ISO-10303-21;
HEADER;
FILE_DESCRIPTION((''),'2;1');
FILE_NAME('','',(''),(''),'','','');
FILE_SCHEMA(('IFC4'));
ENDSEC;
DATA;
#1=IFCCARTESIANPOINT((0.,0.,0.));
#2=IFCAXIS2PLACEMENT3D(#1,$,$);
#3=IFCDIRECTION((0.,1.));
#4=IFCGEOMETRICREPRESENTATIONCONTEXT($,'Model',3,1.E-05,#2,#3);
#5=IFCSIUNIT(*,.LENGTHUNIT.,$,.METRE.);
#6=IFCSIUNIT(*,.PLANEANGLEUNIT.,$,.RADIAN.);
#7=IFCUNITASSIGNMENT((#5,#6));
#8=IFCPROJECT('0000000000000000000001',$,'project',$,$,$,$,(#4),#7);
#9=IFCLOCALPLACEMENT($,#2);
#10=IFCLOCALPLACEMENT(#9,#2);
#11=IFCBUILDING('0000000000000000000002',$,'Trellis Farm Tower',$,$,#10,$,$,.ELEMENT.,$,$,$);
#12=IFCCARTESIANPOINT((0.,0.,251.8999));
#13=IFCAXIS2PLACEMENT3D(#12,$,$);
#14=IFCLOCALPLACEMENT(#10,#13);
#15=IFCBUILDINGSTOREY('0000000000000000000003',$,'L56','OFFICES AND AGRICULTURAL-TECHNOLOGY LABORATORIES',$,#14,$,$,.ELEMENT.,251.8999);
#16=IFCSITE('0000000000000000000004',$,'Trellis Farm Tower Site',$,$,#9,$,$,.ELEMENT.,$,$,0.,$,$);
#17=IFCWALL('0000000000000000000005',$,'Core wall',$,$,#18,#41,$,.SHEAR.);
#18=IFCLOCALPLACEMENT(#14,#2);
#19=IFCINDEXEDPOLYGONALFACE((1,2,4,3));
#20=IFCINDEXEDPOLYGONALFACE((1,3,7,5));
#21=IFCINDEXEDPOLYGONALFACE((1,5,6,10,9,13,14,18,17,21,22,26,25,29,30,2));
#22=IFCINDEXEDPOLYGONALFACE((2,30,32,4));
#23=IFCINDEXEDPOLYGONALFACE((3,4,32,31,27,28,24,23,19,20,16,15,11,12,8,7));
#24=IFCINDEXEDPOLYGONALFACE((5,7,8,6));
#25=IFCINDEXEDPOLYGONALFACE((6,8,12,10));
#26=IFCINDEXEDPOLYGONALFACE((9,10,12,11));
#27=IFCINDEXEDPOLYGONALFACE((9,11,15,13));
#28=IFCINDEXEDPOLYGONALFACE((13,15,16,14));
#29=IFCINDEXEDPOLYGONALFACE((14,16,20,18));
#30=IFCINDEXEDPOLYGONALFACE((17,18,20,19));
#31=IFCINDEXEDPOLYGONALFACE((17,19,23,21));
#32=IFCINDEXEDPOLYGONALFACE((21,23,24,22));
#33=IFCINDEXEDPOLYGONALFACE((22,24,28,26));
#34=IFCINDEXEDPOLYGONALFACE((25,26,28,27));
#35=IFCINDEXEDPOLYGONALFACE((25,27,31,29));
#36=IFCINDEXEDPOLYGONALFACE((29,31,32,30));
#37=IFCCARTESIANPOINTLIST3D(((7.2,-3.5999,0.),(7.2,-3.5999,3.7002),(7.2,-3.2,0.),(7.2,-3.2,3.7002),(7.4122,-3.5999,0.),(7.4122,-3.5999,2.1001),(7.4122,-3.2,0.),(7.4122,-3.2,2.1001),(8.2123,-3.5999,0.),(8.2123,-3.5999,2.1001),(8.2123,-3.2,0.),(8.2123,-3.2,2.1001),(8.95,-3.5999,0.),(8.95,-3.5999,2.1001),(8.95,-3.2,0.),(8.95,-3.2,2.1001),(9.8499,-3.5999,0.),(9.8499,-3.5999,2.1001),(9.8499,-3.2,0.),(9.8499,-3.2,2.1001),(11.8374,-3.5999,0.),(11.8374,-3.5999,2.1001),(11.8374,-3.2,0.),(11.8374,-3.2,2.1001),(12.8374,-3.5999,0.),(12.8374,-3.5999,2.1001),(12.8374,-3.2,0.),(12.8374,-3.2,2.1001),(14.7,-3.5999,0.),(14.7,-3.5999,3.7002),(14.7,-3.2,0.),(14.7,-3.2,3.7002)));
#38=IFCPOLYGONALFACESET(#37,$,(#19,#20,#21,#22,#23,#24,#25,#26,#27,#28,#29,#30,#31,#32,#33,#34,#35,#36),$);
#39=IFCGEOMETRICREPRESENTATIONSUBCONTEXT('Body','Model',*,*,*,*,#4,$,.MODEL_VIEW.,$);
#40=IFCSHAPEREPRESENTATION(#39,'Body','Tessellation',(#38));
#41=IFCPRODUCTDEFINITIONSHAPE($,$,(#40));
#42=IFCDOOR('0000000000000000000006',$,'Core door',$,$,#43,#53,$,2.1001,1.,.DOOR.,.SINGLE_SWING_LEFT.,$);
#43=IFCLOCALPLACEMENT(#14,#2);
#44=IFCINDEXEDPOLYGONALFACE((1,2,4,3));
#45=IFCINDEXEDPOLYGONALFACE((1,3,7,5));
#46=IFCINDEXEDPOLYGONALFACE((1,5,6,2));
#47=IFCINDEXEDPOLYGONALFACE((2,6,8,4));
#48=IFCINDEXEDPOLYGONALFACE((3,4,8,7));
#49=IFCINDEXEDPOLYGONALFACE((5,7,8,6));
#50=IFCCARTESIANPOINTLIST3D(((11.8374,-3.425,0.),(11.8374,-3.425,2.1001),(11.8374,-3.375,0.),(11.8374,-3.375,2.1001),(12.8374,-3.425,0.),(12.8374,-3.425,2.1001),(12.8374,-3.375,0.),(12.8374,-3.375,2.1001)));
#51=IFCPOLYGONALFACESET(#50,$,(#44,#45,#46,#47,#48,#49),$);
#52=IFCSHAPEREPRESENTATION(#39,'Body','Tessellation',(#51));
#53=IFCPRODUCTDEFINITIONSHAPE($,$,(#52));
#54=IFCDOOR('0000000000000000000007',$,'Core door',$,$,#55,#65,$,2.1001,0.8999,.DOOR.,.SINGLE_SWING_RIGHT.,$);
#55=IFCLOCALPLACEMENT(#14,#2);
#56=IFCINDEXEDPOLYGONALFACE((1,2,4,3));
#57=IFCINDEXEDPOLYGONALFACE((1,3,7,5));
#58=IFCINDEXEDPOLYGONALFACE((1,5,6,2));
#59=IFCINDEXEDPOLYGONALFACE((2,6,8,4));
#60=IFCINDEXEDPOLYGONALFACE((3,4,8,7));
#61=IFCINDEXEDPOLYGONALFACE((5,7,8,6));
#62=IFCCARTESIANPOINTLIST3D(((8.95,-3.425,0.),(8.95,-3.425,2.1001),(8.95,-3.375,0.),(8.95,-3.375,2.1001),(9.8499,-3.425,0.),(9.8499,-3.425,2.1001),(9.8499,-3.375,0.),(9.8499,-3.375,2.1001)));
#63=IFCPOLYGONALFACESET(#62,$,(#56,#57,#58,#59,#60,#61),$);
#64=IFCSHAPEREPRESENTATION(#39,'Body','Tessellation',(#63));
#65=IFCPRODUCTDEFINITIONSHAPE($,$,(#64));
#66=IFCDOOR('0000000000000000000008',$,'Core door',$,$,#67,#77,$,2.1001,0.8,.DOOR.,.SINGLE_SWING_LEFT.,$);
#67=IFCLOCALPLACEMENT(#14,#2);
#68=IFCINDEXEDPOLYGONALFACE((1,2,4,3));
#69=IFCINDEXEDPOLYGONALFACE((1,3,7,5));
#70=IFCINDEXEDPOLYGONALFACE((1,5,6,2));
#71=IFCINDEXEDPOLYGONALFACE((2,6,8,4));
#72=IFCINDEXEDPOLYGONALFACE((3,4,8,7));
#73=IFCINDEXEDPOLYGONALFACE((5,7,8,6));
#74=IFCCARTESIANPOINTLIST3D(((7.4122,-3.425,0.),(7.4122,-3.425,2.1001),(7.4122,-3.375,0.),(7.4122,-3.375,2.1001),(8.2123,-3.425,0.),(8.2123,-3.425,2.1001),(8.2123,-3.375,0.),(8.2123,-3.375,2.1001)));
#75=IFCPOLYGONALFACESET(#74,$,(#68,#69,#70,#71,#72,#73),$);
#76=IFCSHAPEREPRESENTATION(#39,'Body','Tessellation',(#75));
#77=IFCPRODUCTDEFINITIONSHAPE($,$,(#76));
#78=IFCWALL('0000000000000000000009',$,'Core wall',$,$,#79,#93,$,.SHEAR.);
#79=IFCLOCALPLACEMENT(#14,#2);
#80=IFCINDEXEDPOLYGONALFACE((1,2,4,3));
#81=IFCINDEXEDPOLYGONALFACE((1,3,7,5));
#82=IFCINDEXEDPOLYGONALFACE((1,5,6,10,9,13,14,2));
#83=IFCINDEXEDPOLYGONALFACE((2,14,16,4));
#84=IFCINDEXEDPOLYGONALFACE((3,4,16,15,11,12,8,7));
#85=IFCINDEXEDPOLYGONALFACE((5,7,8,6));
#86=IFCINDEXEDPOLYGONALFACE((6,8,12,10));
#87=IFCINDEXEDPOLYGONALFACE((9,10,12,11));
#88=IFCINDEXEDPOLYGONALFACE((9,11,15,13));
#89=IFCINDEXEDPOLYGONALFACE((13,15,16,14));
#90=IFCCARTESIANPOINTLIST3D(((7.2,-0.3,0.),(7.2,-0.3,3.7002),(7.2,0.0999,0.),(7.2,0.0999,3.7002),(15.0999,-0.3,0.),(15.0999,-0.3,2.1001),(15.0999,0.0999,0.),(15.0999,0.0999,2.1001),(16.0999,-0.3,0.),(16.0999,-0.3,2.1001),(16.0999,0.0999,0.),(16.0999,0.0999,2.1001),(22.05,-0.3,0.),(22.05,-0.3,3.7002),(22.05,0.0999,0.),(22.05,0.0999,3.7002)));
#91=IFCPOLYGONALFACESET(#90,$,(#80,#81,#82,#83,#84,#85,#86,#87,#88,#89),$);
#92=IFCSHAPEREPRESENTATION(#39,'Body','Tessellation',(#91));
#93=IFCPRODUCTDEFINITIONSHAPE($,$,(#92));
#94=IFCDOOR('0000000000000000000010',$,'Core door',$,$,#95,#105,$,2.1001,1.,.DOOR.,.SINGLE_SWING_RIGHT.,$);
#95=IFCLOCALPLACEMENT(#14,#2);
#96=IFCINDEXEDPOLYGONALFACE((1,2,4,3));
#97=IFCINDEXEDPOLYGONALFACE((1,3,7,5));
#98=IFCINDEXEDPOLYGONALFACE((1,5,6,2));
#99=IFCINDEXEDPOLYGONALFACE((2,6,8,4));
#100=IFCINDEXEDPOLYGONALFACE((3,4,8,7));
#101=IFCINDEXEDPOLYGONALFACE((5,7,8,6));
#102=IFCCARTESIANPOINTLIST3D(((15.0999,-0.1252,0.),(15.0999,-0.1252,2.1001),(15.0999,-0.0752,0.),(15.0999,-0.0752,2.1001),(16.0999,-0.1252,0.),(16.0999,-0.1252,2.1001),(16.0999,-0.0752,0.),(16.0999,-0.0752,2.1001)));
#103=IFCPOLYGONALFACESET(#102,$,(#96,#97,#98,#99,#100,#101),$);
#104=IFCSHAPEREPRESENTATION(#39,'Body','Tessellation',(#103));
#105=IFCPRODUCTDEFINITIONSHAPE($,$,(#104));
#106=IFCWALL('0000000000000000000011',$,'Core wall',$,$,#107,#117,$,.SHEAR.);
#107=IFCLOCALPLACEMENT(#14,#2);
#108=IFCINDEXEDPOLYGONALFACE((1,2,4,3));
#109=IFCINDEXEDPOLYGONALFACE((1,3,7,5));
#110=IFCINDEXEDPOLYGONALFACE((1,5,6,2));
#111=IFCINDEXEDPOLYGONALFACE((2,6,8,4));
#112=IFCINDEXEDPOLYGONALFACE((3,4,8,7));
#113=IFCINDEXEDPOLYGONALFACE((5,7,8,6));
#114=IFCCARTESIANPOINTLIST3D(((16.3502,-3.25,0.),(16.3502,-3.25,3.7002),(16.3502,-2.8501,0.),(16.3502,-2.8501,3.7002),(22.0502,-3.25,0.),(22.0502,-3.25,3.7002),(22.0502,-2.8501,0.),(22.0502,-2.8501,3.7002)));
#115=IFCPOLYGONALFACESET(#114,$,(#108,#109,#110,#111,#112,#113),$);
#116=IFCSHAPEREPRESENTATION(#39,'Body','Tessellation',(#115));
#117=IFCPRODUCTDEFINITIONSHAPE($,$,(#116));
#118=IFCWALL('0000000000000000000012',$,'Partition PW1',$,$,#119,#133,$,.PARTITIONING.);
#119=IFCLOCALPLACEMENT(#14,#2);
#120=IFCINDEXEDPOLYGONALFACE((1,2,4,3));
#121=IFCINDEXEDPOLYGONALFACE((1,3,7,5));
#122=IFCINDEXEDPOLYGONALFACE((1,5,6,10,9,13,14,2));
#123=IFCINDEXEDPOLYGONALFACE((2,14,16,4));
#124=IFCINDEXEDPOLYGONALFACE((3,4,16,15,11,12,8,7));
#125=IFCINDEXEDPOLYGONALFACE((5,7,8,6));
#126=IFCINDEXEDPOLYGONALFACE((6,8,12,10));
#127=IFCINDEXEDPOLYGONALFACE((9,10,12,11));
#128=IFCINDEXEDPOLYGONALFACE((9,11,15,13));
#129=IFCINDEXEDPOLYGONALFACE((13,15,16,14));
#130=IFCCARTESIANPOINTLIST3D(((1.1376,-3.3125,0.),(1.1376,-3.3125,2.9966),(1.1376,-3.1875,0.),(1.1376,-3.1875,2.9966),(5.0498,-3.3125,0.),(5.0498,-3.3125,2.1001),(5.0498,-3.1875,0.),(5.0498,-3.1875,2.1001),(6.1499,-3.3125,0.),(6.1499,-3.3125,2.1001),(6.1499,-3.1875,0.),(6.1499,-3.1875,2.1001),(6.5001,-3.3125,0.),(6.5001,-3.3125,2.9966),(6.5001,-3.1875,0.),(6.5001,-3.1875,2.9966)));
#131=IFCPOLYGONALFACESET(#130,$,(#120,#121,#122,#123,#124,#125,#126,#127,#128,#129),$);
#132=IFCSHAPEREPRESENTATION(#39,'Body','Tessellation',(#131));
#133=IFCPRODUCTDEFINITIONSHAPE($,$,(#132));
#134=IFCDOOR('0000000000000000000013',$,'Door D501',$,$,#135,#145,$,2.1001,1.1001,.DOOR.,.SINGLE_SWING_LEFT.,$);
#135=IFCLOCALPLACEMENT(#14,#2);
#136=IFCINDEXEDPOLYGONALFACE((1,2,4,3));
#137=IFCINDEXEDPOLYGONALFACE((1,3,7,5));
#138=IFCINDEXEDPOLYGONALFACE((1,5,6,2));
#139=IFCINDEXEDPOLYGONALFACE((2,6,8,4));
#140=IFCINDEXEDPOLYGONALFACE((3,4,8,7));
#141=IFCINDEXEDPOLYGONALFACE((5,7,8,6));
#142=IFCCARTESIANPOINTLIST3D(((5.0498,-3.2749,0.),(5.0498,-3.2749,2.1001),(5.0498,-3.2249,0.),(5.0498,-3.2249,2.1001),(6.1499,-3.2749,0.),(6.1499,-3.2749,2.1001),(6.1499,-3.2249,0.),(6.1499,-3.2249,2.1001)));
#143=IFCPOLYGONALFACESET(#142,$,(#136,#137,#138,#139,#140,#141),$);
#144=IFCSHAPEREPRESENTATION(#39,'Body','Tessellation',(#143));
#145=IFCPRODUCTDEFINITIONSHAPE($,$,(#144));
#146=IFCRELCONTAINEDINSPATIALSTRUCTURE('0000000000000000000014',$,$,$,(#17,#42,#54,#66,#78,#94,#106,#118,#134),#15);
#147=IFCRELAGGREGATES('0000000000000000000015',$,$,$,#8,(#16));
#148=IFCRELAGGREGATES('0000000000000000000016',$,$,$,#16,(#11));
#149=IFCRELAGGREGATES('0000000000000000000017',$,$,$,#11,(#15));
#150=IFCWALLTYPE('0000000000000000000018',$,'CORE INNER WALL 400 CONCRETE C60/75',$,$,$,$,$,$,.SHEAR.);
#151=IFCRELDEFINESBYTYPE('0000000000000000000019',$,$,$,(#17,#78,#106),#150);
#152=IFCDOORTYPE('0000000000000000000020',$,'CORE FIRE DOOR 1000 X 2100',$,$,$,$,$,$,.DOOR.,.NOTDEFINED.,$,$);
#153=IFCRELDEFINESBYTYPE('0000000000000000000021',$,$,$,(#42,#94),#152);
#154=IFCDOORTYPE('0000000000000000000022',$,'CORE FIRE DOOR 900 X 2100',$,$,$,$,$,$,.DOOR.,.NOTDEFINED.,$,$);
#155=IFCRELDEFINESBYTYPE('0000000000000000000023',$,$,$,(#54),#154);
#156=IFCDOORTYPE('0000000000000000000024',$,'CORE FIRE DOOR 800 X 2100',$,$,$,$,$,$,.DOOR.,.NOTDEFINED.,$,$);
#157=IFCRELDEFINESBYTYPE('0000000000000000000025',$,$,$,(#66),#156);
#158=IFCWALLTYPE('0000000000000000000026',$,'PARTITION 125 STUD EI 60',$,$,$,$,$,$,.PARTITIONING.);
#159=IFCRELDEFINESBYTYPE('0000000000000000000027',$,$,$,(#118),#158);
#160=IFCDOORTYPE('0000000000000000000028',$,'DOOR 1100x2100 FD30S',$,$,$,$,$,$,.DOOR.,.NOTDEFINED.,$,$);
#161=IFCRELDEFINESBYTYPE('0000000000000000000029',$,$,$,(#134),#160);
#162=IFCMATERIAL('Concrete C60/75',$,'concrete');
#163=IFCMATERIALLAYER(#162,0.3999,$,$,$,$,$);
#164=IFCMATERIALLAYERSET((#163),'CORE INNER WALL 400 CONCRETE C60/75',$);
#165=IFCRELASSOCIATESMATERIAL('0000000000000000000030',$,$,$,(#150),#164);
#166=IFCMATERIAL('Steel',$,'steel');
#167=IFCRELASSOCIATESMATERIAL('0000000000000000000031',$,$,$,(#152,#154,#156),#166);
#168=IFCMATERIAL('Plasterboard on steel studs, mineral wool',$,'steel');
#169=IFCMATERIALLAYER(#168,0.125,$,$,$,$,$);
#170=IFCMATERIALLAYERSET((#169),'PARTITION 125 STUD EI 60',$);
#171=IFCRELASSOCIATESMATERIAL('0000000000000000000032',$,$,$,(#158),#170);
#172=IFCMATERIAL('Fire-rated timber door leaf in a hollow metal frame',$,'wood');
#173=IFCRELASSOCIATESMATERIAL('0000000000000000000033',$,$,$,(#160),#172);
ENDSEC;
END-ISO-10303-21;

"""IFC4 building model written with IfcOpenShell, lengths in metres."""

from ifc_helpers import new_model, si_unit, direction, frame, frame_2d, origin, place, context, subcontext, project, spatial, rectangle, extrude, source, transform, mapped, material, layer, layer_set, type_object, element, fill, save


model = new_model("IFC4")

# Units and contexts
model_context = context("Model", 3, precision=1e-05, world=origin(), true_north=direction((0.0, 1.0)))
body_context = subcontext(model_context, "Body", "Model", "MODEL_VIEW")
ifc_project = project(units=[si_unit("LENGTHUNIT", "METRE"), si_unit("PLANEANGLEUNIT", "RADIAN")], contexts=[model_context])

# Site, building, storey
site_placement = place(None, origin())
site = spatial("IfcSite", under=ifc_project, at=site_placement, Name="Trellis Farm Tower Site", CompositionType="ELEMENT", RefElevation=0.0)
building_placement = place(site_placement, origin())
building = spatial("IfcBuilding", under=site, at=building_placement, Name="Trellis Farm Tower", CompositionType="ELEMENT")
storey_placement = place(building_placement, frame((0.0, 0.0, 251.8999)))
storey = spatial("IfcBuildingStorey", under=building, at=storey_placement, Name="L56", Description="OFFICES AND AGRICULTURAL-TECHNOLOGY LABORATORIES", CompositionType="ELEMENT", Elevation=251.8999)

# Shared definitions
ifc_material_1 = material(Name="Concrete C60/75", Category="concrete")

# Wall, openings, doors
ifc_layer_1 = layer(ifc_material_1, 0.3999)
ifc_layer_set_1 = layer_set([ifc_layer_1], Name="CORE INNER WALL 400 CONCRETE C60/75")
wall_type_1 = type_object("IfcWallType", Name="CORE INNER WALL 400 CONCRETE C60/75", PredefinedType="SHEAR", material=ifc_layer_set_1)
shared_shape_1 = source(origin(), body_context, "Body", "SweptSolid", [
    extrude(rectangle(XDim=7.5, YDim=0.3999, at=frame_2d((3.75, 0.0))), origin(), (0.0, 0.0, 1.0), 3.7002),
])
wall_1_placement = place(storey_placement, frame((7.2, -3.3999, 0.0), z_axis=(0.0, 0.0, 1.0), x_axis=(1.0, 0.0, 0.0)))
wall_1 = element("IfcWall", 1, at=wall_1_placement, inside=storey, type_object=wall_type_1, Name="Core wall", PredefinedType="SHEAR", context=body_context, shape_type="MappedRepresentation", body=[
    mapped(shared_shape_1, transform((0.0, 0.0, 0.0))),
])
shared_shape_2 = source(origin(), body_context, "Body", "SweptSolid", [
    extrude(rectangle(XDim=0.8, YDim=2.1001, at=frame_2d((0.3999, 1.05))), frame((0.0, 0.21, 0.0), z_axis=(0.0, -1.0, 0.0), x_axis=(1.0, 0.0, 0.0)), (0.0, 0.0, 1.0), 0.4199),
])
opening_1_placement = place(wall_1_placement, frame((0.2124, 0.0, 0.0)))
opening_1 = element("IfcOpeningElement", 2, at=opening_1_placement, cuts=wall_1, PredefinedType="OPENING", context=body_context, shape_type="MappedRepresentation", body=[
    mapped(shared_shape_2, transform((0.0, 0.0, 0.0))),
])
shared_shape_3 = source(origin(), body_context, "Body", "SweptSolid", [
    extrude(rectangle(XDim=0.8999, YDim=2.1001, at=frame_2d((0.45, 1.05))), frame((0.0, 0.21, 0.0), z_axis=(0.0, -1.0, 0.0), x_axis=(1.0, 0.0, 0.0)), (0.0, 0.0, 1.0), 0.4199),
])
opening_2_placement = place(wall_1_placement, frame((1.75, 0.0, 0.0)))
opening_2 = element("IfcOpeningElement", 3, at=opening_2_placement, cuts=wall_1, PredefinedType="OPENING", context=body_context, shape_type="MappedRepresentation", body=[
    mapped(shared_shape_3, transform((0.0, 0.0, 0.0))),
])
shared_shape_4 = source(origin(), body_context, "Body", "SweptSolid", [
    extrude(rectangle(XDim=1.0, YDim=2.1001, at=frame_2d((0.5, 1.05))), frame((0.0, 0.21, 0.0), z_axis=(0.0, -1.0, 0.0), x_axis=(1.0, 0.0, 0.0)), (0.0, 0.0, 1.0), 0.4199),
])
opening_3_placement = place(wall_1_placement, frame((4.6375, 0.0, 0.0)))
opening_3 = element("IfcOpeningElement", 4, at=opening_3_placement, cuts=wall_1, PredefinedType="OPENING", context=body_context, shape_type="MappedRepresentation", body=[
    mapped(shared_shape_4, transform((0.0, 0.0, 0.0))),
])
ifc_material_2 = material(Name="Steel", Category="steel")
door_type_1 = type_object("IfcDoorType", Name="CORE FIRE DOOR 1000 X 2100", OperationType="NOTDEFINED", PredefinedType="DOOR", material=ifc_material_2)
shared_shape_5 = source(origin(), body_context, "Body", "SweptSolid", [
    extrude(rectangle(XDim=1.0, YDim=2.1001, at=frame_2d((0.5, 1.05))), frame((0.0, 0.0249, 0.0), z_axis=(0.0, -1.0, 0.0), x_axis=(1.0, 0.0, 0.0)), (0.0, 0.0, 1.0), 0.05),
])
door_1_placement = place(opening_3_placement, origin())
door_1 = element("IfcDoor", 5, at=door_1_placement, inside=storey, type_object=door_type_1, Name="Core door", OperationType="SINGLE_SWING_LEFT", OverallHeight=2.1001, OverallWidth=1.0, PredefinedType="DOOR", context=body_context, shape_type="MappedRepresentation", body=[
    mapped(shared_shape_5, transform((0.0, 0.0, 0.0))),
])
fill(opening_3, door_1)
door_type_2 = type_object("IfcDoorType", Name="CORE FIRE DOOR 900 X 2100", OperationType="NOTDEFINED", PredefinedType="DOOR", material=ifc_material_2)
shared_shape_6 = source(origin(), body_context, "Body", "SweptSolid", [
    extrude(rectangle(XDim=0.8999, YDim=2.1001, at=frame_2d((0.45, 1.05))), frame((0.0, 0.0249, 0.0), z_axis=(0.0, -1.0, 0.0), x_axis=(1.0, 0.0, 0.0)), (0.0, 0.0, 1.0), 0.05),
])
door_2_placement = place(opening_2_placement, origin())
door_2 = element("IfcDoor", 6, at=door_2_placement, inside=storey, type_object=door_type_2, Name="Core door", OperationType="SINGLE_SWING_RIGHT", OverallHeight=2.1001, OverallWidth=0.8999, PredefinedType="DOOR", context=body_context, shape_type="MappedRepresentation", body=[
    mapped(shared_shape_6, transform((0.0, 0.0, 0.0))),
])
fill(opening_2, door_2)
door_type_3 = type_object("IfcDoorType", Name="CORE FIRE DOOR 800 X 2100", OperationType="NOTDEFINED", PredefinedType="DOOR", material=ifc_material_2)
shared_shape_7 = source(origin(), body_context, "Body", "SweptSolid", [
    extrude(rectangle(XDim=0.8, YDim=2.1001, at=frame_2d((0.3999, 1.05))), frame((0.0, 0.0249, 0.0), z_axis=(0.0, -1.0, 0.0), x_axis=(1.0, 0.0, 0.0)), (0.0, 0.0, 1.0), 0.05),
])
door_3_placement = place(opening_1_placement, origin())
door_3 = element("IfcDoor", 7, at=door_3_placement, inside=storey, type_object=door_type_3, Name="Core door", OperationType="SINGLE_SWING_LEFT", OverallHeight=2.1001, OverallWidth=0.8, PredefinedType="DOOR", context=body_context, shape_type="MappedRepresentation", body=[
    mapped(shared_shape_7, transform((0.0, 0.0, 0.0))),
])
fill(opening_1, door_3)

# Wall, opening, door
shared_shape_8 = source(origin(), body_context, "Body", "SweptSolid", [
    extrude(rectangle(XDim=14.8501, YDim=0.3999, at=frame_2d((7.425, 0.0))), origin(), (0.0, 0.0, 1.0), 3.7002),
])
wall_2_placement = place(storey_placement, frame((7.2, -0.1001, 0.0), z_axis=(0.0, 0.0, 1.0), x_axis=(1.0, 0.0, 0.0)))
wall_2 = element("IfcWall", 8, at=wall_2_placement, inside=storey, type_object=wall_type_1, Name="Core wall", PredefinedType="SHEAR", context=body_context, shape_type="MappedRepresentation", body=[
    mapped(shared_shape_8, transform((0.0, 0.0, 0.0))),
])
opening_4_placement = place(wall_2_placement, frame((7.8999, 0.0, 0.0)))
opening_4 = element("IfcOpeningElement", 9, at=opening_4_placement, cuts=wall_2, PredefinedType="OPENING", context=body_context, shape_type="MappedRepresentation", body=[
    mapped(shared_shape_4, transform((0.0, 0.0, 0.0))),
])
door_4_placement = place(opening_4_placement, origin())
door_4 = element("IfcDoor", 10, at=door_4_placement, inside=storey, type_object=door_type_1, Name="Core door", OperationType="SINGLE_SWING_RIGHT", OverallHeight=2.1001, OverallWidth=1.0, PredefinedType="DOOR", context=body_context, shape_type="MappedRepresentation", body=[
    mapped(shared_shape_5, transform((0.0, 0.0, 0.0))),
])
fill(opening_4, door_4)

# Wall
shared_shape_9 = source(origin(), body_context, "Body", "SweptSolid", [
    extrude(rectangle(XDim=5.7, YDim=0.3999, at=frame_2d((2.8501, 0.0))), origin(), (0.0, 0.0, 1.0), 3.7002),
])
wall_3_placement = place(storey_placement, frame((16.3501, -3.05, 0.0), z_axis=(0.0, 0.0, 1.0), x_axis=(1.0, 0.0, 0.0)))
element("IfcWall", 11, at=wall_3_placement, inside=storey, type_object=wall_type_1, Name="Core wall", PredefinedType="SHEAR", context=body_context, shape_type="MappedRepresentation", body=[
    mapped(shared_shape_9, transform((0.0, 0.0, 0.0))),
])

# Wall, opening, door
ifc_material_3 = material(Name="Plasterboard on steel studs, mineral wool", Category="steel")
ifc_layer_2 = layer(ifc_material_3, 0.125)
ifc_layer_set_2 = layer_set([ifc_layer_2], Name="PARTITION 125 STUD EI 60")
wall_type_2 = type_object("IfcWallType", Name="PARTITION 125 STUD EI 60", PredefinedType="PARTITIONING", material=ifc_layer_set_2)
shared_shape_10 = source(origin(), body_context, "Body", "SweptSolid", [
    extrude(rectangle(XDim=5.3625, YDim=0.125, at=frame_2d((2.6812, 0.0))), origin(), (0.0, 0.0, 1.0), 2.9966),
])
wall_4_placement = place(storey_placement, frame((6.5, -3.25, 0.0), z_axis=(0.0, 0.0, 1.0), x_axis=(-1.0, 0.0, 0.0)))
wall_4 = element("IfcWall", 12, at=wall_4_placement, inside=storey, type_object=wall_type_2, Name="Partition PW1", PredefinedType="PARTITIONING", context=body_context, shape_type="MappedRepresentation", body=[
    mapped(shared_shape_10, transform((0.0, 0.0, 0.0))),
])
shared_shape_11 = source(origin(), body_context, "Body", "SweptSolid", [
    extrude(rectangle(XDim=1.1001, YDim=2.1001, at=frame_2d((0.55, 1.05))), frame((0.0, 0.0725, 0.0), z_axis=(0.0, -1.0, 0.0), x_axis=(1.0, 0.0, 0.0)), (0.0, 0.0, 1.0), 0.145),
])
opening_5_placement = place(wall_4_placement, frame((0.3501, 0.0, 0.0)))
opening_5 = element("IfcOpeningElement", 13, at=opening_5_placement, cuts=wall_4, PredefinedType="OPENING", context=body_context, shape_type="MappedRepresentation", body=[
    mapped(shared_shape_11, transform((0.0, 0.0, 0.0))),
])
ifc_material_4 = material(Name="Fire-rated timber door leaf in a hollow metal frame", Category="wood")
door_type_4 = type_object("IfcDoorType", Name="DOOR 1100x2100 FD30S", OperationType="NOTDEFINED", PredefinedType="DOOR", material=ifc_material_4)
shared_shape_12 = source(origin(), body_context, "Body", "SweptSolid", [
    extrude(rectangle(XDim=1.1001, YDim=2.1001, at=frame_2d((0.55, 1.05))), frame((0.0, 0.0249, 0.0), z_axis=(0.0, -1.0, 0.0), x_axis=(1.0, 0.0, 0.0)), (0.0, 0.0, 1.0), 0.05),
])
door_5_placement = place(opening_5_placement, origin())
door_5 = element("IfcDoor", 14, at=door_5_placement, inside=storey, type_object=door_type_4, Name="Door D501", OperationType="SINGLE_SWING_LEFT", OverallHeight=2.1001, OverallWidth=1.1001, PredefinedType="DOOR", context=body_context, shape_type="MappedRepresentation", body=[
    mapped(shared_shape_12, transform((0.0, 0.0, 0.0))),
])
fill(opening_5, door_5)

save(model, "model.ifc")
